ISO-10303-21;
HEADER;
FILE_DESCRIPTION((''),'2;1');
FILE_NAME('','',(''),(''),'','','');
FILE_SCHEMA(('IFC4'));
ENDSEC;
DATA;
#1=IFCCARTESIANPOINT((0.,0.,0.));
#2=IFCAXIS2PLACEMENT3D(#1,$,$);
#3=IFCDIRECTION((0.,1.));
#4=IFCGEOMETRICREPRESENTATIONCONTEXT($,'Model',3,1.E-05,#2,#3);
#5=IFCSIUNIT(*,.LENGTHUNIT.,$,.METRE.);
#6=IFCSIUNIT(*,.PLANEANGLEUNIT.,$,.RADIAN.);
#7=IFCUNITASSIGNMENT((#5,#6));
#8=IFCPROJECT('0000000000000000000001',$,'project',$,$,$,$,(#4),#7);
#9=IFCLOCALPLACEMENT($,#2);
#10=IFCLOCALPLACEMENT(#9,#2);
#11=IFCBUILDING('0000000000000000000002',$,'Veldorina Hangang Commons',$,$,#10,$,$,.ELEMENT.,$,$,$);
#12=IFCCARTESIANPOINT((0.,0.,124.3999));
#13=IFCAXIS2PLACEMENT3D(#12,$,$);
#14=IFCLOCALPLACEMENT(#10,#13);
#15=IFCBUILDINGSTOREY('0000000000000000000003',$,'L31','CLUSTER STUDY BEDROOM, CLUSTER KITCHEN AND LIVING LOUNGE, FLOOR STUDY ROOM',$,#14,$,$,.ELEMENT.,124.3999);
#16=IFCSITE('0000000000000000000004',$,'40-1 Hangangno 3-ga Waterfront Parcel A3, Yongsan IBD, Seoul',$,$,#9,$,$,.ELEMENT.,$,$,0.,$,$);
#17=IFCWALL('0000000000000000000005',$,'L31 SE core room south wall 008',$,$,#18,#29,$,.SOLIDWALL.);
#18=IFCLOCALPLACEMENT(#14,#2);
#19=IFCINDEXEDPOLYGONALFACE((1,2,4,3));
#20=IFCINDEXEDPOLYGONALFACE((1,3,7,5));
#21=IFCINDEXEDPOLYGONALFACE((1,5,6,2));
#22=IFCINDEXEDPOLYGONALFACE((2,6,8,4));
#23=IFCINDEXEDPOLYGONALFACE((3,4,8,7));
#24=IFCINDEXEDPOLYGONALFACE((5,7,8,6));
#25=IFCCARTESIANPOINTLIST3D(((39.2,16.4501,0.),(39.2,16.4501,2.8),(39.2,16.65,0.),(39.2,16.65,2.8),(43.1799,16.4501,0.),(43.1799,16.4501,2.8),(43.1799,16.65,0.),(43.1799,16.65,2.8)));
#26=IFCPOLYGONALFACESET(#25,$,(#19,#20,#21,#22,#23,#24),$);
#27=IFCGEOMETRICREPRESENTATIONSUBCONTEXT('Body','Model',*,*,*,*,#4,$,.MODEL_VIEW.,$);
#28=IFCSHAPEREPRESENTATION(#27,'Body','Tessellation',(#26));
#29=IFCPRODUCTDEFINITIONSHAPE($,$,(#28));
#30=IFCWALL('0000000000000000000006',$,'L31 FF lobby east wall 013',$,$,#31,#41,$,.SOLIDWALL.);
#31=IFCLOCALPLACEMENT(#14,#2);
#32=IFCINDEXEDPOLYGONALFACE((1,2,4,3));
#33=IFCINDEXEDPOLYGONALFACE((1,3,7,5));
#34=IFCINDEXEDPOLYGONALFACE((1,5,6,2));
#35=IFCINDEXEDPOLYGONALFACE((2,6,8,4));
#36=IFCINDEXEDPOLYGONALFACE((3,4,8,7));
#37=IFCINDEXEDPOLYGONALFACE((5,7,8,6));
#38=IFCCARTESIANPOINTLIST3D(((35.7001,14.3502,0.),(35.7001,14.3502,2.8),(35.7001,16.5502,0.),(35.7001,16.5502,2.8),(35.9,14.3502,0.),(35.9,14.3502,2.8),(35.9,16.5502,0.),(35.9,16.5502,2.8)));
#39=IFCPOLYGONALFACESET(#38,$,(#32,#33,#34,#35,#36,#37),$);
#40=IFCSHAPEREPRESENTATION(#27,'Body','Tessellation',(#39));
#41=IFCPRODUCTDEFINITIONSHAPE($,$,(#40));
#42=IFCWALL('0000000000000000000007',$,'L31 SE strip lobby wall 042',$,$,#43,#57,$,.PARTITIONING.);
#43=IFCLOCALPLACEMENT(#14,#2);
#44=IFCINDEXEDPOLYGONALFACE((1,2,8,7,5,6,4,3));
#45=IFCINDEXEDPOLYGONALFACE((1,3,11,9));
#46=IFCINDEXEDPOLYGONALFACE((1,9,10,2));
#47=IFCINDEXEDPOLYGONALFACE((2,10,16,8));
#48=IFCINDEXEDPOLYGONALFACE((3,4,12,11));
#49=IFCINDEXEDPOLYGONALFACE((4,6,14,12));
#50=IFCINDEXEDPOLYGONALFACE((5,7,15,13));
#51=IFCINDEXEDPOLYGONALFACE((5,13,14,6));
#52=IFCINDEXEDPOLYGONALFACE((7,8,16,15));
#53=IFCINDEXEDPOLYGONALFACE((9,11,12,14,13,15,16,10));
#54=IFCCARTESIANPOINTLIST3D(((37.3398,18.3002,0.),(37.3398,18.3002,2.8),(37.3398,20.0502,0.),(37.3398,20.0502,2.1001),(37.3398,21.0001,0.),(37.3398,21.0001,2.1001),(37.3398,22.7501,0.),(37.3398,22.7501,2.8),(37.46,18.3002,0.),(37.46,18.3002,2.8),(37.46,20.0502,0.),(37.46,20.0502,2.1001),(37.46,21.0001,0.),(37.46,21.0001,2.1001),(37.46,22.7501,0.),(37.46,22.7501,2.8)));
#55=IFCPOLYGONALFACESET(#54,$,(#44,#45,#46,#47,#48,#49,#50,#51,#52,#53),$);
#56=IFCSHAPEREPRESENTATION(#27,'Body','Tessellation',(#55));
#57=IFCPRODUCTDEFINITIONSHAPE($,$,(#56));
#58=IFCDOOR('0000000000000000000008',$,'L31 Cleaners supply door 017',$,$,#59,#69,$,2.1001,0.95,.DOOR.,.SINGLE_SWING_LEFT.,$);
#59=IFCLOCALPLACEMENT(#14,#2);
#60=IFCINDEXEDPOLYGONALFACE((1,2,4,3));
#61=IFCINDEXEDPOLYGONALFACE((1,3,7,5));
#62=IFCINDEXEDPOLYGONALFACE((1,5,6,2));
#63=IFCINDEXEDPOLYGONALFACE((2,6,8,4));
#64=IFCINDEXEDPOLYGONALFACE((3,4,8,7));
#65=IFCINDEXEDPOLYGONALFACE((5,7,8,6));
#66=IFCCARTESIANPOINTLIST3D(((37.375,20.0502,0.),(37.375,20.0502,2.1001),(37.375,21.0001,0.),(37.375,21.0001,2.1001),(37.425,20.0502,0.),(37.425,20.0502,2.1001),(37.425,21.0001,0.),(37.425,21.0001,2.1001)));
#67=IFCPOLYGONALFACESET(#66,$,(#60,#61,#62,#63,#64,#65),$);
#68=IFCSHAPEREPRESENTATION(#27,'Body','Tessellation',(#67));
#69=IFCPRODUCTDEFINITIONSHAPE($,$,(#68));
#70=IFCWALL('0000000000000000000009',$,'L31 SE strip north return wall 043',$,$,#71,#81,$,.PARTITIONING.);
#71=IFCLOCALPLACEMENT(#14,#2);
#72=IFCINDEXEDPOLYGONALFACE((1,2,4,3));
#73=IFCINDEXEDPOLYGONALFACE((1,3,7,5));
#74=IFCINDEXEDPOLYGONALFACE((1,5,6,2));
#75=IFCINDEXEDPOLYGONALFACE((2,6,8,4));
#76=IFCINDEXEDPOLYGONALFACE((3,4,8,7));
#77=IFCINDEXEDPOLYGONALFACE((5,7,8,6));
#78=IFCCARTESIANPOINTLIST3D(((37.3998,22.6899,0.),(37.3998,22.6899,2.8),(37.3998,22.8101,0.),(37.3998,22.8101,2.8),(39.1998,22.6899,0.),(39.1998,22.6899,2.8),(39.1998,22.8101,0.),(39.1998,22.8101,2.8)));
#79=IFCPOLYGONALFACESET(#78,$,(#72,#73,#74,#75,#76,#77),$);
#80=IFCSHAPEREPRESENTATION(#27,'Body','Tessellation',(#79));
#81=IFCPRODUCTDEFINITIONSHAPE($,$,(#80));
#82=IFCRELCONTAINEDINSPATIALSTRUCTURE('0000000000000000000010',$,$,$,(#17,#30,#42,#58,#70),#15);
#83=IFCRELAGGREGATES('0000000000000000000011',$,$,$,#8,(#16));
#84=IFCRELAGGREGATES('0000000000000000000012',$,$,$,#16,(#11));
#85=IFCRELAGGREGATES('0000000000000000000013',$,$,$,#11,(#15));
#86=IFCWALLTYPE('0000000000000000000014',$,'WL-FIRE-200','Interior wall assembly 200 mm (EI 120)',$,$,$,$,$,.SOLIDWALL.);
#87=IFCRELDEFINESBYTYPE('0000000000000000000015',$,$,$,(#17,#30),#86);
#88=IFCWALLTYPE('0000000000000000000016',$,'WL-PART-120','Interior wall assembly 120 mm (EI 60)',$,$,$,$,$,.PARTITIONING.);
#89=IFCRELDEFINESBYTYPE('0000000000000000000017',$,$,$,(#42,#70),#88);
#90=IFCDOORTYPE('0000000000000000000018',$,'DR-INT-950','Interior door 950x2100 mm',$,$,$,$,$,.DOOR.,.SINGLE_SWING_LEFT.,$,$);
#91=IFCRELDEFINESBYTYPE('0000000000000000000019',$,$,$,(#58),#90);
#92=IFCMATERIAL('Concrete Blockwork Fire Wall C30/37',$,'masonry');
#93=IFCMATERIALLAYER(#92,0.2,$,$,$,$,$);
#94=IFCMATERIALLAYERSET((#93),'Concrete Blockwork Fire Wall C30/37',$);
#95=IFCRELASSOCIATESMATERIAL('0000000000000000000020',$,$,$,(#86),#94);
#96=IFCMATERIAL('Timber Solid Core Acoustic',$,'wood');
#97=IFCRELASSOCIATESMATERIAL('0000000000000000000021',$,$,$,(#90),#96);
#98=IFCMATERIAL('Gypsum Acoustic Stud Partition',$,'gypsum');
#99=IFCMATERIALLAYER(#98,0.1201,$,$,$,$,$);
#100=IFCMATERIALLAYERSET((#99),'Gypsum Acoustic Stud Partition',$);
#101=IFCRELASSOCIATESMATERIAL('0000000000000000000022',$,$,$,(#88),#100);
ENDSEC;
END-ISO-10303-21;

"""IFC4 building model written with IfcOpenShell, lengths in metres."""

from ifc_helpers import new_model, si_unit, direction, frame, frame_2d, origin, place, context, subcontext, project, spatial, rectangle, extrude, material, layer, layer_set, type_object, element, fill, save


model = new_model("IFC4")

# Units and contexts
model_context = context("Model", 3, precision=1e-05, world=origin(), true_north=direction((0.0, 1.0)))
body_context = subcontext(model_context, "Body", "Model", "MODEL_VIEW")
ifc_project = project(units=[si_unit("LENGTHUNIT", "METRE"), si_unit("PLANEANGLEUNIT", "RADIAN")], contexts=[model_context])

# Site, building, storey
site_placement = place(None, origin())
site = spatial("IfcSite", under=ifc_project, at=site_placement, Name="40-1 Hangangno 3-ga Waterfront Parcel A3, Yongsan IBD, Seoul", CompositionType="ELEMENT", RefElevation=0.0)
building_placement = place(site_placement, origin())
building = spatial("IfcBuilding", under=site, at=building_placement, Name="Veldorina Hangang Commons", CompositionType="ELEMENT")
storey_placement = place(building_placement, frame((0.0, 0.0, 124.3999)))
storey = spatial("IfcBuildingStorey", under=building, at=storey_placement, Name="L31", Description="CLUSTER STUDY BEDROOM, CLUSTER KITCHEN AND LIVING LOUNGE, FLOOR STUDY ROOM", CompositionType="ELEMENT", Elevation=124.3999)

# Shared definitions
ifc_material_1 = material(Name="Timber Solid Core Acoustic", Category="wood")

# Shared definitions
ifc_material_2 = material(Name="Concrete Blockwork Fire Wall C30/37", Category="masonry")
ifc_layer_1 = layer(ifc_material_2, 0.2)
ifc_layer_set_1 = layer_set([ifc_layer_1], Name="Concrete Blockwork Fire Wall C30/37")
wall_type_1 = type_object("IfcWallType", Name="WL-FIRE-200", Description="Interior wall assembly 200 mm (EI 120)", PredefinedType="SOLIDWALL", material=ifc_layer_set_1)
door_type_1 = type_object("IfcDoorType", Name="DR-INT-950", Description="Interior door 950x2100 mm", OperationType="SINGLE_SWING_LEFT", PredefinedType="DOOR", material=ifc_material_1)

# Walls
wall_1_placement = place(storey_placement, frame((39.2, 16.55, 0.0), z_axis=(0.0, 0.0, 1.0), x_axis=(1.0, 0.0, 0.0)))
element("IfcWall", 1, at=wall_1_placement, inside=storey, type_object=wall_type_1, Name="L31 SE core room south wall 008", PredefinedType="SOLIDWALL", context=body_context, shape_type="SweptSolid", body=[
    extrude(rectangle(XDim=3.98, YDim=0.2, at=frame_2d((1.99, 0.0))), origin(), (0.0, 0.0, 1.0), 2.8),
])
wall_2_placement = place(storey_placement, frame((35.8, 14.3501, 0.0), z_axis=(0.0, 0.0, 1.0), x_axis=(0.0, 1.0, 0.0)))
element("IfcWall", 2, at=wall_2_placement, inside=storey, type_object=wall_type_1, Name="L31 FF lobby east wall 013", PredefinedType="SOLIDWALL", context=body_context, shape_type="SweptSolid", body=[
    extrude(rectangle(XDim=2.2, YDim=0.2, at=frame_2d((1.1001, 0.0))), origin(), (0.0, 0.0, 1.0), 2.8),
])

# Wall, opening, door
ifc_material_3 = material(Name="Gypsum Acoustic Stud Partition", Category="gypsum")
ifc_layer_2 = layer(ifc_material_3, 0.1201)
ifc_layer_set_2 = layer_set([ifc_layer_2], Name="Gypsum Acoustic Stud Partition")
wall_type_2 = type_object("IfcWallType", Name="WL-PART-120", Description="Interior wall assembly 120 mm (EI 60)", PredefinedType="PARTITIONING", material=ifc_layer_set_2)
wall_3_placement = place(storey_placement, frame((37.3999, 18.3, 0.0), z_axis=(0.0, 0.0, 1.0), x_axis=(0.0, 1.0, 0.0)))
wall_3 = element("IfcWall", 3, at=wall_3_placement, inside=storey, type_object=wall_type_2, Name="L31 SE strip lobby wall 042", PredefinedType="PARTITIONING", context=body_context, shape_type="SweptSolid", body=[
    extrude(rectangle(XDim=4.45, YDim=0.1201, at=frame_2d((2.2251, 0.0))), origin(), (0.0, 0.0, 1.0), 2.8),
])
opening_1_placement = place(wall_3_placement, frame((1.75, 0.0, 0.0)))
opening_1 = element("IfcOpeningElement", 4, at=opening_1_placement, cuts=wall_3, PredefinedType="OPENING", context=body_context, shape_type="SweptSolid", body=[
    extrude(rectangle(XDim=0.95, YDim=2.1001, at=frame_2d((0.4751, 1.05))), frame((0.0, 0.0701, 0.0), z_axis=(0.0, -1.0, 0.0), x_axis=(1.0, 0.0, 0.0)), (0.0, 0.0, 1.0), 0.1401),
])
door_1_placement = place(opening_1_placement, origin())
door_1 = element("IfcDoor", 5, at=door_1_placement, inside=storey, type_object=door_type_1, Name="L31 Cleaners supply door 017", OperationType="SINGLE_SWING_LEFT", OverallHeight=2.1001, OverallWidth=0.95, PredefinedType="DOOR", context=body_context, shape_type="SweptSolid", body=[
    extrude(rectangle(XDim=0.95, YDim=2.1001, at=frame_2d((0.4751, 1.05))), frame((0.0, 0.0249, 0.0), z_axis=(0.0, -1.0, 0.0), x_axis=(1.0, 0.0, 0.0)), (0.0, 0.0, 1.0), 0.05),
])
fill(opening_1, door_1)

# Wall
wall_4_placement = place(storey_placement, frame((37.3999, 22.75, 0.0), z_axis=(0.0, 0.0, 1.0), x_axis=(1.0, 0.0, 0.0)))
element("IfcWall", 6, at=wall_4_placement, inside=storey, type_object=wall_type_2, Name="L31 SE strip north return wall 043", PredefinedType="PARTITIONING", context=body_context, shape_type="SweptSolid", body=[
    extrude(rectangle(XDim=1.8, YDim=0.1201, at=frame_2d((0.8999, 0.0))), origin(), (0.0, 0.0, 1.0), 2.8),
])

save(model, "model.ifc")
